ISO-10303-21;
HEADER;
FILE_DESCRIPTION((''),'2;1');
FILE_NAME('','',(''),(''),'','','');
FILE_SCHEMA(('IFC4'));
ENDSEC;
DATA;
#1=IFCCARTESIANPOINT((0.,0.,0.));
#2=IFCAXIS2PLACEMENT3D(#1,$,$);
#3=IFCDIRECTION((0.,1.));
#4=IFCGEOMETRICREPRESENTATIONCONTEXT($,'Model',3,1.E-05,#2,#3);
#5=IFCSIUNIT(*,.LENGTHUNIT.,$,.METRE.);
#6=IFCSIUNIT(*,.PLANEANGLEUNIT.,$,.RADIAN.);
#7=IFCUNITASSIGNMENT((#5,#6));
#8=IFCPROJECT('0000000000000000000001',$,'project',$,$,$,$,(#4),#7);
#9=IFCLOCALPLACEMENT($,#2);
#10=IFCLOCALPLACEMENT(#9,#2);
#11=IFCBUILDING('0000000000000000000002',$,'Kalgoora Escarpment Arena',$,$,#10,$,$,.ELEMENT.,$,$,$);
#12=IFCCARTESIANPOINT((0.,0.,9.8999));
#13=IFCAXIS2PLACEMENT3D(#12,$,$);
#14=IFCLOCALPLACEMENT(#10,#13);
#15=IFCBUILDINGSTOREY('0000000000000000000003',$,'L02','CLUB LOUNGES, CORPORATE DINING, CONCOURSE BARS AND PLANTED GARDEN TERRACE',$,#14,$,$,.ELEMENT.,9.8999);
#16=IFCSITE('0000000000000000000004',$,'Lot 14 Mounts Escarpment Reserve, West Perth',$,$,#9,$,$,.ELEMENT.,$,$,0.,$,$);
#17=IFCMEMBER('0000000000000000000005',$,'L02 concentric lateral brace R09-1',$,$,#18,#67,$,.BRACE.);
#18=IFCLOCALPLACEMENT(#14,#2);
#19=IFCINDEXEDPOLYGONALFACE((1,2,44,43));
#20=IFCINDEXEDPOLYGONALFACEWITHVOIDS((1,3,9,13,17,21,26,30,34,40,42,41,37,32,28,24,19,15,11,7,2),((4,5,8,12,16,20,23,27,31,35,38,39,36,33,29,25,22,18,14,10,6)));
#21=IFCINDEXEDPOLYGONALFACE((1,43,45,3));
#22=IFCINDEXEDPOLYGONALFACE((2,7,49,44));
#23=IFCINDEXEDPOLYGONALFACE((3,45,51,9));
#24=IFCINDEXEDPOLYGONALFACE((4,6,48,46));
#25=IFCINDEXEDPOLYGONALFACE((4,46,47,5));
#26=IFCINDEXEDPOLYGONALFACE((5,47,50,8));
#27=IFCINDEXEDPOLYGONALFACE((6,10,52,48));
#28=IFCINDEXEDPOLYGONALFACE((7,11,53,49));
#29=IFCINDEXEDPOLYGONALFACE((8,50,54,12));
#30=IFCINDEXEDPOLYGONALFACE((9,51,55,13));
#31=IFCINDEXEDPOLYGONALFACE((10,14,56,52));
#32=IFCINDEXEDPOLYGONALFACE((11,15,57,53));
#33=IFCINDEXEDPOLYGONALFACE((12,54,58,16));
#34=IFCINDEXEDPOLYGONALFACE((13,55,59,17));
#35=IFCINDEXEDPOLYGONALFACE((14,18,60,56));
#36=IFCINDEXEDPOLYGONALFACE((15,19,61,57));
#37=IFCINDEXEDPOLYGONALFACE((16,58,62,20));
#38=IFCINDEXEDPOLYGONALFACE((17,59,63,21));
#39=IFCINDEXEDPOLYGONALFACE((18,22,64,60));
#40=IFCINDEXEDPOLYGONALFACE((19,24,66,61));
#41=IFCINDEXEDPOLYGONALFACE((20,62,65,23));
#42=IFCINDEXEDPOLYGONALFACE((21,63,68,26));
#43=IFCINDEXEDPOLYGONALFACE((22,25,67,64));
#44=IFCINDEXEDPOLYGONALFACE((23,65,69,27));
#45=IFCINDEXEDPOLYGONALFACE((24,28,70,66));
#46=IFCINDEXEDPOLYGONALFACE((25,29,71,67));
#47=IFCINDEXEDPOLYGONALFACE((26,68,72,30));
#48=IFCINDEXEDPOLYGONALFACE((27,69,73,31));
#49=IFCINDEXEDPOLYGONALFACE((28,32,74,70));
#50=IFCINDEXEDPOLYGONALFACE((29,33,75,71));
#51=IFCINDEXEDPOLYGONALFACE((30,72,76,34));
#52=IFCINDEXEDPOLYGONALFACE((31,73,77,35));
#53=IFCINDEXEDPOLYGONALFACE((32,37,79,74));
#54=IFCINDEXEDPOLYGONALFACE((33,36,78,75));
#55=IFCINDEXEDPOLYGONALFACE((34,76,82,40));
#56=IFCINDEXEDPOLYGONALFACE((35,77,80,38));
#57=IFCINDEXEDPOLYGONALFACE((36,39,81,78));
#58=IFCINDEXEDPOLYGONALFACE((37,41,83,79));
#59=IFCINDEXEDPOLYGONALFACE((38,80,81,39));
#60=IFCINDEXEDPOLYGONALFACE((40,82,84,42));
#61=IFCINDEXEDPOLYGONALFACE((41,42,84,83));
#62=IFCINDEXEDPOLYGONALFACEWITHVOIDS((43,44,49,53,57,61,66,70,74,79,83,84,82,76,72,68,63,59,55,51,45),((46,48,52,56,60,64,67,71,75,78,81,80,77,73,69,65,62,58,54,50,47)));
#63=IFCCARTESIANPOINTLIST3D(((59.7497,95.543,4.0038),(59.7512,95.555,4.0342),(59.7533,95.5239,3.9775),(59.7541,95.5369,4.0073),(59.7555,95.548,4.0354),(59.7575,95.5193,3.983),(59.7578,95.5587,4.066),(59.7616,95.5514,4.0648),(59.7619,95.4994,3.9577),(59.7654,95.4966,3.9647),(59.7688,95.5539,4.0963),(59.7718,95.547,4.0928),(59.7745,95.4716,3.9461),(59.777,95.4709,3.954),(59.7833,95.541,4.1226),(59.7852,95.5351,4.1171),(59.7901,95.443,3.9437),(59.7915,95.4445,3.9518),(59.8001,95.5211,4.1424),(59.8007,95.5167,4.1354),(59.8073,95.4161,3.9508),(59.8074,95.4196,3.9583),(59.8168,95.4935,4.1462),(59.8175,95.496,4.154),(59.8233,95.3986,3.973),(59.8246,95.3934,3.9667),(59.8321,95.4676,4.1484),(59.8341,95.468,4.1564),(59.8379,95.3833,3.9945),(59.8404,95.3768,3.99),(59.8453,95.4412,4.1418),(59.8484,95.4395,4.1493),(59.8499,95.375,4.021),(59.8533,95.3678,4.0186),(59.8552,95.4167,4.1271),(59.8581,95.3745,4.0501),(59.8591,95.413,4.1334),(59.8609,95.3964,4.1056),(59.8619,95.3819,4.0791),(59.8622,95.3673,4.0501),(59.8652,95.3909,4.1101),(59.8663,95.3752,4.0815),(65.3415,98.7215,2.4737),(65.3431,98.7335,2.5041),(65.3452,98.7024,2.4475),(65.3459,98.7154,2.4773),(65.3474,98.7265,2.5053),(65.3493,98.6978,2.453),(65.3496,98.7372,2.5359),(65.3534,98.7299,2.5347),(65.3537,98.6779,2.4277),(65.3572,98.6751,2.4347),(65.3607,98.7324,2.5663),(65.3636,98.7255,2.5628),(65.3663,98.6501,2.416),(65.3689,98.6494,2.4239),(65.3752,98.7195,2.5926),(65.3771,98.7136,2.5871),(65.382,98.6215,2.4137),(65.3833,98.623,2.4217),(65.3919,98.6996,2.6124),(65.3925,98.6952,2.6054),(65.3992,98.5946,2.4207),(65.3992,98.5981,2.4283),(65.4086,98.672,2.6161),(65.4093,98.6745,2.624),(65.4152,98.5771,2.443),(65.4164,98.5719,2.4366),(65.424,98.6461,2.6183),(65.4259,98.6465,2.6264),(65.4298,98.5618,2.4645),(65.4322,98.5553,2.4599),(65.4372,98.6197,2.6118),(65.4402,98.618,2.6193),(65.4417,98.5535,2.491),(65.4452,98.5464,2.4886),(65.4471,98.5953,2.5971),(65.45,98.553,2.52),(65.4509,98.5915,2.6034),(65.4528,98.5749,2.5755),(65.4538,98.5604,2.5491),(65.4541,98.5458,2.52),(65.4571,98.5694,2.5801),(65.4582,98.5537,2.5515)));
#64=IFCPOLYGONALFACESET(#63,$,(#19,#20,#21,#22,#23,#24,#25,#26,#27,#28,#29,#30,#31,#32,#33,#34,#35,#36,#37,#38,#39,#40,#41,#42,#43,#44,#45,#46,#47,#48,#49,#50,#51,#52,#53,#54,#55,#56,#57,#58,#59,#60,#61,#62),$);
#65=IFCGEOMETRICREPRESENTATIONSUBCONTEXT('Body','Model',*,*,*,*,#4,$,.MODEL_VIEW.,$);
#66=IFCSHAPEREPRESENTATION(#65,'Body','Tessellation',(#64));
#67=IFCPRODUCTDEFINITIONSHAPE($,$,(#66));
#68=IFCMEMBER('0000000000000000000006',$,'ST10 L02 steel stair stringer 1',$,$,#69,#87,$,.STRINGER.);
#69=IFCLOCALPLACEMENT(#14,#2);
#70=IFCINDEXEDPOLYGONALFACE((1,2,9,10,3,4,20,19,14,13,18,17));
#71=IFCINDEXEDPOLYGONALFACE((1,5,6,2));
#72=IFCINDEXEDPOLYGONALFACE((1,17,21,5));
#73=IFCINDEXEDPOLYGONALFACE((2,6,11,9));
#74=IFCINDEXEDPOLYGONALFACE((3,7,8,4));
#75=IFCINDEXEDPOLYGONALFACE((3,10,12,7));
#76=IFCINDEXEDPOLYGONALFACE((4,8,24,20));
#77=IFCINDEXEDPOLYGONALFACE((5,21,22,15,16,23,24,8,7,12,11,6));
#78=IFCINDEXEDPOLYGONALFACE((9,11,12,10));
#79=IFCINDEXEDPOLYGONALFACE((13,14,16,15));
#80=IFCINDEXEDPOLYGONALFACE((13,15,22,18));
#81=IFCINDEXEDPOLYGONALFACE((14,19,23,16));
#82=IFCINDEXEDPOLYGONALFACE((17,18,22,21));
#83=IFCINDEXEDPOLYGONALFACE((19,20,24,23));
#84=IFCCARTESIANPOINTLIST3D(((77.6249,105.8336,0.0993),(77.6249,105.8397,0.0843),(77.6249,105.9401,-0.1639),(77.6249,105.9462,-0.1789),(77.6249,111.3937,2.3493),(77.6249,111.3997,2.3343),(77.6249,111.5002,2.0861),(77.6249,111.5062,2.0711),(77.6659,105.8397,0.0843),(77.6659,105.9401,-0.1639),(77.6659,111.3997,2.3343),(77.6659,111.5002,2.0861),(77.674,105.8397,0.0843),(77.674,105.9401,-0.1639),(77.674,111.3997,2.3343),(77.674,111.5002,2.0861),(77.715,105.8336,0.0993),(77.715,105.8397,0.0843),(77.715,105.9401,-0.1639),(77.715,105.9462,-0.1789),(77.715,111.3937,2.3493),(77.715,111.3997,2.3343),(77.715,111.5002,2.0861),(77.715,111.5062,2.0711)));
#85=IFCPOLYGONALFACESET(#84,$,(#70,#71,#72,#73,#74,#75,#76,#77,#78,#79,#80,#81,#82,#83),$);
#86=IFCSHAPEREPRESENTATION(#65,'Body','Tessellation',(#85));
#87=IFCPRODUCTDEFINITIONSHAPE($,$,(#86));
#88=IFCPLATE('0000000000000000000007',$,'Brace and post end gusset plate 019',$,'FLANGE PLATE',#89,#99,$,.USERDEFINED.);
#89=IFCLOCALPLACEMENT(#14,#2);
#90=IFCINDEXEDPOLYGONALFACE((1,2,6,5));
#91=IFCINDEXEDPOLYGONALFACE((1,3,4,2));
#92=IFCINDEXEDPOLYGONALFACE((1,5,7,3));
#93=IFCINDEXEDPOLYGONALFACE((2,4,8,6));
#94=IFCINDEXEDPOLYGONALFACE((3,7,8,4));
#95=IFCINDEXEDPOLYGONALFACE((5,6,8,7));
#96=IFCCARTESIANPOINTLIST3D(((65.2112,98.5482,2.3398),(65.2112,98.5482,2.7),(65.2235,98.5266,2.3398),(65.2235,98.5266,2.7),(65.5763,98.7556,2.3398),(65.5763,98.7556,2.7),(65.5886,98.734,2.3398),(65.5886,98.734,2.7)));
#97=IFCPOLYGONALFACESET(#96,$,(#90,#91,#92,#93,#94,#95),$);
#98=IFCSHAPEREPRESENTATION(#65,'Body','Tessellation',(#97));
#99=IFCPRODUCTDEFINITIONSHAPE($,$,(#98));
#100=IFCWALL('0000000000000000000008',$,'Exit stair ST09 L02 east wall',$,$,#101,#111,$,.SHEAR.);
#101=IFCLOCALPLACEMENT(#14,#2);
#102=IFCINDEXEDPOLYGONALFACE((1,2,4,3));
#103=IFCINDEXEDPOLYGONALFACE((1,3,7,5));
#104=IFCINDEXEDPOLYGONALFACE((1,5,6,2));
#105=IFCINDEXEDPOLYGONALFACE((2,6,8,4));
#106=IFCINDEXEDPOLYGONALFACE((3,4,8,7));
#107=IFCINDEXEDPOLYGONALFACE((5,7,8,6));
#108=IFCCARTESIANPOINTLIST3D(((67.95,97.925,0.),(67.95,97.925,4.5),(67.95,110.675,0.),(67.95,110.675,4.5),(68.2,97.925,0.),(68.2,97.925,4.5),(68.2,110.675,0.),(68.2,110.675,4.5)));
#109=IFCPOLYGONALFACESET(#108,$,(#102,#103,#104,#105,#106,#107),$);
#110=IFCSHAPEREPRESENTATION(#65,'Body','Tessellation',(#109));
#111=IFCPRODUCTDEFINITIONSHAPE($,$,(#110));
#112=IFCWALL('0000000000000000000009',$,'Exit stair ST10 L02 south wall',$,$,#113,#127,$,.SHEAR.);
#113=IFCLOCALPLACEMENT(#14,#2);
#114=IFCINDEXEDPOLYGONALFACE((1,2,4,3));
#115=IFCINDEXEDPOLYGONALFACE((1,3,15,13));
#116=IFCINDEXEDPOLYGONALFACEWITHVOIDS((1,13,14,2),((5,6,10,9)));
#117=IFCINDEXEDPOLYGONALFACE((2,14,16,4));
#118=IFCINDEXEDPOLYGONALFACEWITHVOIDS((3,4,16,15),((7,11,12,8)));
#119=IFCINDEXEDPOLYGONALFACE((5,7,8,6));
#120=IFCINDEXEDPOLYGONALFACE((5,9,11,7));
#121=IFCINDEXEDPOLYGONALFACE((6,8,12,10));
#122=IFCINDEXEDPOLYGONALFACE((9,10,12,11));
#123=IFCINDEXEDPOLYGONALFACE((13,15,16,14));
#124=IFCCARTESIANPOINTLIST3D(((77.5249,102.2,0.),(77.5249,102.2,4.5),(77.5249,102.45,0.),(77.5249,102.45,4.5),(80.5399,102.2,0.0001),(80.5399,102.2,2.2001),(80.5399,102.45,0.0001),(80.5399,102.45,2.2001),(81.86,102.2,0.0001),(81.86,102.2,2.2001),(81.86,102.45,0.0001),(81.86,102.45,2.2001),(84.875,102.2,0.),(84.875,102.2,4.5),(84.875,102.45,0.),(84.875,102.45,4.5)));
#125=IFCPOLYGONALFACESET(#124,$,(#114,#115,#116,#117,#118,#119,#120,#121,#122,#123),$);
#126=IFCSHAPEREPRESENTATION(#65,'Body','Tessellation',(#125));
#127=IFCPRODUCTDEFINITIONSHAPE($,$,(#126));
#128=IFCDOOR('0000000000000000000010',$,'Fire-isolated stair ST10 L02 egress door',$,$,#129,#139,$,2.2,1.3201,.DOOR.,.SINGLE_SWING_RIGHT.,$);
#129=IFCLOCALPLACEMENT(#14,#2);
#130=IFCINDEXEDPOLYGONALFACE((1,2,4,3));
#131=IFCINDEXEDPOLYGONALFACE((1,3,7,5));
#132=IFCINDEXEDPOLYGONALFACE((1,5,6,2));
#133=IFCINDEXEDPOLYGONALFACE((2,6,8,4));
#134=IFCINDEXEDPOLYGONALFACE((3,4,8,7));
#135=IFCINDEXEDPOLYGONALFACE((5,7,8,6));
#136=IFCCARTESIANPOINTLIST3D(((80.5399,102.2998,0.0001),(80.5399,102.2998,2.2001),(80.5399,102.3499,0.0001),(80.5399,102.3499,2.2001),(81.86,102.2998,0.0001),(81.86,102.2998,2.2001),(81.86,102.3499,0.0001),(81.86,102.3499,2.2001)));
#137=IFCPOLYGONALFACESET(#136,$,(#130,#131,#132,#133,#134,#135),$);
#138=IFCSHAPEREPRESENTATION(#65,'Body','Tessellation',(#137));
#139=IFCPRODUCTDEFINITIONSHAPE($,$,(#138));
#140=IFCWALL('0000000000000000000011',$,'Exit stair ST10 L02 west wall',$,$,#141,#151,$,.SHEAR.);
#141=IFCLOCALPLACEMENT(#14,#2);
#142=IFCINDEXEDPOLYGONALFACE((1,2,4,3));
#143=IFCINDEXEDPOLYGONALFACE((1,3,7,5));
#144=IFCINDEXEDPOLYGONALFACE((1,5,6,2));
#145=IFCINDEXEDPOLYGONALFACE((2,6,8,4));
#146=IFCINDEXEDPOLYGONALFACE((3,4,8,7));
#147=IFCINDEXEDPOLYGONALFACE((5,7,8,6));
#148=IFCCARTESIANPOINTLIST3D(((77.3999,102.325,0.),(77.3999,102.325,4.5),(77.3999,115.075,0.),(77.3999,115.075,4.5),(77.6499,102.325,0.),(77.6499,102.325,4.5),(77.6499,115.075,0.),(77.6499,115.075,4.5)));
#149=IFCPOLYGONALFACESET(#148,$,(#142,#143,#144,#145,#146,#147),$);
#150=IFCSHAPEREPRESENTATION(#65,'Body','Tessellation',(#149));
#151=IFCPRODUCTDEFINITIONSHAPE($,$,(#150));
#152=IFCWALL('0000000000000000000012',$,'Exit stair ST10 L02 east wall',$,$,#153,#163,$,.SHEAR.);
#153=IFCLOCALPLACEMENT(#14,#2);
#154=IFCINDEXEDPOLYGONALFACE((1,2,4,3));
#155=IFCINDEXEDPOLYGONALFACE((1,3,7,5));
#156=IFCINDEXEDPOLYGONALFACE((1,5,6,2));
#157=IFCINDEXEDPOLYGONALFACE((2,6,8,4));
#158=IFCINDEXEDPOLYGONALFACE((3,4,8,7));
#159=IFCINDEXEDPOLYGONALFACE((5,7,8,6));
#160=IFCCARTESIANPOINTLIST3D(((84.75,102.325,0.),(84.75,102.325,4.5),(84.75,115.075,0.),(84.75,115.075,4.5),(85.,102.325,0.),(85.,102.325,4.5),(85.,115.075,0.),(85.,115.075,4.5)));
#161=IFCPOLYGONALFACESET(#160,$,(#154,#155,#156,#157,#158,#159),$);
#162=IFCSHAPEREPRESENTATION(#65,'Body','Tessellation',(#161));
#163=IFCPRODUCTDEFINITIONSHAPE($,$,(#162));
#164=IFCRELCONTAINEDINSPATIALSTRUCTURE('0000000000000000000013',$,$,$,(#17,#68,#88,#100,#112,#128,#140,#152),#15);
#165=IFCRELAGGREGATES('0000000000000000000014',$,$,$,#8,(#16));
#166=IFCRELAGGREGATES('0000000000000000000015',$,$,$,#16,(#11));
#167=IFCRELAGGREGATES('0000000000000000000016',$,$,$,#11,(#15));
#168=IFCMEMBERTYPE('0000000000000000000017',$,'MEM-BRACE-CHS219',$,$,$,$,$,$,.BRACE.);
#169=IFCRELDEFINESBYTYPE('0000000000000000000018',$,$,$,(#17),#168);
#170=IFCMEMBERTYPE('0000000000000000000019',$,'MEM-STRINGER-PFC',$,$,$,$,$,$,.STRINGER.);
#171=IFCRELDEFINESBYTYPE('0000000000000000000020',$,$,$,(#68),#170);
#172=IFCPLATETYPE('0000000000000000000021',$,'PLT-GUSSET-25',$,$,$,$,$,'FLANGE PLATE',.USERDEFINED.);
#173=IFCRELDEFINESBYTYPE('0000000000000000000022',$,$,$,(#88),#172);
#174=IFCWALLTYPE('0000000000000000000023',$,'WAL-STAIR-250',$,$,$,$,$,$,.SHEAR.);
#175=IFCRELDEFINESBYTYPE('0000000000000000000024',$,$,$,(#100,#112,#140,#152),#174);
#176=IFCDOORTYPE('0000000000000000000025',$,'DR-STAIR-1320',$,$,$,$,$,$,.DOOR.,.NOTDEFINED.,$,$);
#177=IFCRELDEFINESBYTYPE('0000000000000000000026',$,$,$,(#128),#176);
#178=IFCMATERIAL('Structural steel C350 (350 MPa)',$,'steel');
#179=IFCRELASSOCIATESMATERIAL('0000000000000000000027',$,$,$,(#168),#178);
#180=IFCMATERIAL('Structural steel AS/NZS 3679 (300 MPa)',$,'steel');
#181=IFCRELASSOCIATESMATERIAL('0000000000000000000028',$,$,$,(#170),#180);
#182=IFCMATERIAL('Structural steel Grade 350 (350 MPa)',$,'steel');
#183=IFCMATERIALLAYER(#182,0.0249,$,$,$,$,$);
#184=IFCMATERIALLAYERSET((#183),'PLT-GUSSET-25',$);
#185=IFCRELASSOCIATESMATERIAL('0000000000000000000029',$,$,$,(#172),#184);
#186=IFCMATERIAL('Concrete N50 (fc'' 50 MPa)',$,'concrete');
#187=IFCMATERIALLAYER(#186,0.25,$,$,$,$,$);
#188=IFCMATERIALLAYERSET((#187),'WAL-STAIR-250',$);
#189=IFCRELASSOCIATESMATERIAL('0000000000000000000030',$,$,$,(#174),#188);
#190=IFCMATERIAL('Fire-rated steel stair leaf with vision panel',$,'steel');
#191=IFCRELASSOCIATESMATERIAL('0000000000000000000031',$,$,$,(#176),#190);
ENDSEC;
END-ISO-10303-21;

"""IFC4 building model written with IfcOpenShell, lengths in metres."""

from ifc_helpers import new_model, si_unit, direction, frame, frame_2d, origin, origin_2d, place, context, subcontext, project, spatial, rectangle, hollow_circle, i_section, extrude, material, layer, layer_set, material_profile, profile_set, type_object, element, fill, save


model = new_model("IFC4")

# Units and contexts
model_context = context("Model", 3, precision=1e-05, world=origin(), true_north=direction((0.0, 1.0)))
body_context = subcontext(model_context, "Body", "Model", "MODEL_VIEW")
ifc_project = project(units=[si_unit("LENGTHUNIT", "METRE"), si_unit("PLANEANGLEUNIT", "RADIAN")], contexts=[model_context])

# Site, building, storey
site_placement = place(None, origin())
site = spatial("IfcSite", under=ifc_project, at=site_placement, Name="Lot 14 Mounts Escarpment Reserve, West Perth", CompositionType="ELEMENT", RefElevation=0.0)
building_placement = place(site_placement, origin())
building = spatial("IfcBuilding", under=site, at=building_placement, Name="Kalgoora Escarpment Arena", CompositionType="ELEMENT")
storey_placement = place(building_placement, frame((0.0, 0.0, 9.8999)))
storey = spatial("IfcBuildingStorey", under=building, at=storey_placement, Name="L02", Description="CLUB LOUNGES, CORPORATE DINING, CONCOURSE BARS AND PLANTED GARDEN TERRACE", CompositionType="ELEMENT", Elevation=9.8999)

# Members
ifc_material_1 = material(Name="Structural steel C350 (350 MPa)", Category="steel")
ifc_material_profile_1 = material_profile(ifc_material_1, hollow_circle(Radius=0.1096, WallThickness=0.0083, at=origin_2d()))
ifc_profile_set_1 = profile_set([ifc_material_profile_1], Name="Structural steel C350 (350 MPa)")
member_type_1 = type_object("IfcMemberType", Name="MEM-BRACE-CHS219", PredefinedType="BRACE", material=ifc_profile_set_1)
member_1_placement = place(storey_placement, frame((65.3999, 98.6411, 2.52), z_axis=(-0.845769, -0.480749, 0.23142), x_axis=(0.494163, -0.869369, 0.0)))
element("IfcMember", 1, at=member_1_placement, inside=storey, type_object=member_type_1, Name="L02 concentric lateral brace R09-1", PredefinedType="BRACE", context=body_context, shape_type="SweptSolid", body=[
    extrude(hollow_circle(Radius=0.1096, WallThickness=0.0083, at=origin_2d()), origin(), (0.0, 0.0, 1.0), 6.6116),
])
ifc_material_2 = material(Name="Structural steel AS/NZS 3679 (300 MPa)", Category="steel")
ifc_material_profile_2 = material_profile(ifc_material_2, i_section(OverallWidth=0.0901, OverallDepth=0.3, WebThickness=0.0081, FlangeThickness=0.0161, at=origin_2d()))
ifc_profile_set_2 = profile_set([ifc_material_profile_2], Name="Structural steel AS/NZS 3679 (300 MPa)")
member_type_2 = type_object("IfcMemberType", Name="MEM-STRINGER-PFC", PredefinedType="STRINGER", material=ifc_profile_set_2)
member_2_placement = place(storey_placement, frame((77.6699, 105.8899, -0.0398), z_axis=(0.0, 0.926976, 0.375121), x_axis=(-1.0, 0.0, 0.0)))
element("IfcMember", 2, at=member_2_placement, inside=storey, type_object=member_type_2, Name="ST10 L02 steel stair stringer 1", PredefinedType="STRINGER", context=body_context, shape_type="SweptSolid", body=[
    extrude(i_section(OverallWidth=0.0901, OverallDepth=0.3, WebThickness=0.0081, FlangeThickness=0.0161, at=origin_2d()), origin(), (0.0, 0.0, 1.0), 5.998),
])

# Plate
ifc_material_3 = material(Name="Structural steel Grade 350 (350 MPa)", Category="steel")
ifc_layer_1 = layer(ifc_material_3, 0.0249)
ifc_layer_set_1 = layer_set([ifc_layer_1], Name="PLT-GUSSET-25")
plate_type = type_object("IfcPlateType", Name="PLT-GUSSET-25", ElementType="FLANGE PLATE", PredefinedType="USERDEFINED", material=ifc_layer_set_1)
plate_placement = place(storey_placement, frame((65.3999, 98.6411, 2.3398), z_axis=(0.0, 0.0, 1.0), x_axis=(-0.869495, -0.493942, 0.0)))
element("IfcPlate", 3, at=plate_placement, inside=storey, type_object=plate_type, Name="Brace and post end gusset plate 019", ObjectType="FLANGE PLATE", PredefinedType="USERDEFINED", context=body_context, shape_type="SweptSolid", body=[
    extrude(rectangle(XDim=0.4199, YDim=0.0249, at=origin_2d()), origin(), (0.0, 0.0, 1.0), 0.3601),
])

# Wall
ifc_material_4 = material(Name="Concrete N50 (fc' 50 MPa)", Category="concrete")
ifc_layer_2 = layer(ifc_material_4, 0.25)
ifc_layer_set_2 = layer_set([ifc_layer_2], Name="WAL-STAIR-250")
wall_type_1 = type_object("IfcWallType", Name="WAL-STAIR-250", PredefinedType="SHEAR", material=ifc_layer_set_2)
wall_1_placement = place(storey_placement, frame((68.075, 97.925, 0.0), z_axis=(0.0, 0.0, 1.0), x_axis=(0.0, 1.0, 0.0)))
element("IfcWall", 4, at=wall_1_placement, inside=storey, type_object=wall_type_1, Name="Exit stair ST09 L02 east wall", PredefinedType="SHEAR", context=body_context, shape_type="SweptSolid", body=[
    extrude(rectangle(XDim=12.75, YDim=0.25, at=frame_2d((6.375, 0.0))), origin(), (0.0, 0.0, 1.0), 4.5),
])

# Wall, opening, door
wall_2_placement = place(storey_placement, frame((77.5249, 102.325, 0.0), z_axis=(0.0, 0.0, 1.0), x_axis=(1.0, 0.0, 0.0)))
wall_2 = element("IfcWall", 5, at=wall_2_placement, inside=storey, type_object=wall_type_1, Name="Exit stair ST10 L02 south wall", PredefinedType="SHEAR", context=body_context, shape_type="SweptSolid", body=[
    extrude(rectangle(XDim=7.3501, YDim=0.25, at=frame_2d((3.675, 0.0))), origin(), (0.0, 0.0, 1.0), 4.5),
])
opening_1_placement = place(wall_2_placement, frame((3.0149, 0.0, 0.0)))
opening_1 = element("IfcOpeningElement", 6, at=opening_1_placement, cuts=wall_2, PredefinedType="OPENING", context=body_context, shape_type="SweptSolid", body=[
    extrude(rectangle(XDim=1.3201, YDim=2.2, at=frame_2d((0.6602, 1.1001))), frame((0.0, 0.135, 0.0), z_axis=(0.0, -1.0, 0.0), x_axis=(1.0, 0.0, 0.0)), (0.0, 0.0, 1.0), 0.27),
])
ifc_material_5 = material(Name="Fire-rated steel stair leaf with vision panel", Category="steel")
door_type_1 = type_object("IfcDoorType", Name="DR-STAIR-1320", OperationType="NOTDEFINED", PredefinedType="DOOR", material=ifc_material_5)
door_1_placement = place(opening_1_placement, origin())
door_1 = element("IfcDoor", 7, at=door_1_placement, inside=storey, type_object=door_type_1, Name="Fire-isolated stair ST10 L02 egress door", OperationType="SINGLE_SWING_RIGHT", OverallHeight=2.2, OverallWidth=1.3201, PredefinedType="DOOR", context=body_context, shape_type="SweptSolid", body=[
    extrude(rectangle(XDim=1.3201, YDim=2.2, at=frame_2d((0.6602, 1.1001))), frame((0.0, 0.0249, 0.0), z_axis=(0.0, -1.0, 0.0), x_axis=(1.0, 0.0, 0.0)), (0.0, 0.0, 1.0), 0.05),
])
fill(opening_1, door_1)

# Walls
for number, where, z_axis, x_axis, name in (
    (8, (77.5249, 102.325, 0.0), (0.0, 0.0, 1.0), (0.0, 1.0, 0.0), "Exit stair ST10 L02 west wall"),
    (9, (84.875, 102.325, 0.0), (0.0, 0.0, 1.0), (0.0, 1.0, 0.0), "Exit stair ST10 L02 east wall"),
):
    element("IfcWall", number, at=place(storey_placement, frame(where, z_axis=z_axis, x_axis=x_axis)), inside=storey, type_object=wall_type_1, Name=name, PredefinedType="SHEAR", context=body_context, shape_type="SweptSolid", body=[
        extrude(rectangle(XDim=12.75, YDim=0.25, at=frame_2d((6.375, 0.0))), origin(), (0.0, 0.0, 1.0), 4.5),
    ])

save(model, "model.ifc")
